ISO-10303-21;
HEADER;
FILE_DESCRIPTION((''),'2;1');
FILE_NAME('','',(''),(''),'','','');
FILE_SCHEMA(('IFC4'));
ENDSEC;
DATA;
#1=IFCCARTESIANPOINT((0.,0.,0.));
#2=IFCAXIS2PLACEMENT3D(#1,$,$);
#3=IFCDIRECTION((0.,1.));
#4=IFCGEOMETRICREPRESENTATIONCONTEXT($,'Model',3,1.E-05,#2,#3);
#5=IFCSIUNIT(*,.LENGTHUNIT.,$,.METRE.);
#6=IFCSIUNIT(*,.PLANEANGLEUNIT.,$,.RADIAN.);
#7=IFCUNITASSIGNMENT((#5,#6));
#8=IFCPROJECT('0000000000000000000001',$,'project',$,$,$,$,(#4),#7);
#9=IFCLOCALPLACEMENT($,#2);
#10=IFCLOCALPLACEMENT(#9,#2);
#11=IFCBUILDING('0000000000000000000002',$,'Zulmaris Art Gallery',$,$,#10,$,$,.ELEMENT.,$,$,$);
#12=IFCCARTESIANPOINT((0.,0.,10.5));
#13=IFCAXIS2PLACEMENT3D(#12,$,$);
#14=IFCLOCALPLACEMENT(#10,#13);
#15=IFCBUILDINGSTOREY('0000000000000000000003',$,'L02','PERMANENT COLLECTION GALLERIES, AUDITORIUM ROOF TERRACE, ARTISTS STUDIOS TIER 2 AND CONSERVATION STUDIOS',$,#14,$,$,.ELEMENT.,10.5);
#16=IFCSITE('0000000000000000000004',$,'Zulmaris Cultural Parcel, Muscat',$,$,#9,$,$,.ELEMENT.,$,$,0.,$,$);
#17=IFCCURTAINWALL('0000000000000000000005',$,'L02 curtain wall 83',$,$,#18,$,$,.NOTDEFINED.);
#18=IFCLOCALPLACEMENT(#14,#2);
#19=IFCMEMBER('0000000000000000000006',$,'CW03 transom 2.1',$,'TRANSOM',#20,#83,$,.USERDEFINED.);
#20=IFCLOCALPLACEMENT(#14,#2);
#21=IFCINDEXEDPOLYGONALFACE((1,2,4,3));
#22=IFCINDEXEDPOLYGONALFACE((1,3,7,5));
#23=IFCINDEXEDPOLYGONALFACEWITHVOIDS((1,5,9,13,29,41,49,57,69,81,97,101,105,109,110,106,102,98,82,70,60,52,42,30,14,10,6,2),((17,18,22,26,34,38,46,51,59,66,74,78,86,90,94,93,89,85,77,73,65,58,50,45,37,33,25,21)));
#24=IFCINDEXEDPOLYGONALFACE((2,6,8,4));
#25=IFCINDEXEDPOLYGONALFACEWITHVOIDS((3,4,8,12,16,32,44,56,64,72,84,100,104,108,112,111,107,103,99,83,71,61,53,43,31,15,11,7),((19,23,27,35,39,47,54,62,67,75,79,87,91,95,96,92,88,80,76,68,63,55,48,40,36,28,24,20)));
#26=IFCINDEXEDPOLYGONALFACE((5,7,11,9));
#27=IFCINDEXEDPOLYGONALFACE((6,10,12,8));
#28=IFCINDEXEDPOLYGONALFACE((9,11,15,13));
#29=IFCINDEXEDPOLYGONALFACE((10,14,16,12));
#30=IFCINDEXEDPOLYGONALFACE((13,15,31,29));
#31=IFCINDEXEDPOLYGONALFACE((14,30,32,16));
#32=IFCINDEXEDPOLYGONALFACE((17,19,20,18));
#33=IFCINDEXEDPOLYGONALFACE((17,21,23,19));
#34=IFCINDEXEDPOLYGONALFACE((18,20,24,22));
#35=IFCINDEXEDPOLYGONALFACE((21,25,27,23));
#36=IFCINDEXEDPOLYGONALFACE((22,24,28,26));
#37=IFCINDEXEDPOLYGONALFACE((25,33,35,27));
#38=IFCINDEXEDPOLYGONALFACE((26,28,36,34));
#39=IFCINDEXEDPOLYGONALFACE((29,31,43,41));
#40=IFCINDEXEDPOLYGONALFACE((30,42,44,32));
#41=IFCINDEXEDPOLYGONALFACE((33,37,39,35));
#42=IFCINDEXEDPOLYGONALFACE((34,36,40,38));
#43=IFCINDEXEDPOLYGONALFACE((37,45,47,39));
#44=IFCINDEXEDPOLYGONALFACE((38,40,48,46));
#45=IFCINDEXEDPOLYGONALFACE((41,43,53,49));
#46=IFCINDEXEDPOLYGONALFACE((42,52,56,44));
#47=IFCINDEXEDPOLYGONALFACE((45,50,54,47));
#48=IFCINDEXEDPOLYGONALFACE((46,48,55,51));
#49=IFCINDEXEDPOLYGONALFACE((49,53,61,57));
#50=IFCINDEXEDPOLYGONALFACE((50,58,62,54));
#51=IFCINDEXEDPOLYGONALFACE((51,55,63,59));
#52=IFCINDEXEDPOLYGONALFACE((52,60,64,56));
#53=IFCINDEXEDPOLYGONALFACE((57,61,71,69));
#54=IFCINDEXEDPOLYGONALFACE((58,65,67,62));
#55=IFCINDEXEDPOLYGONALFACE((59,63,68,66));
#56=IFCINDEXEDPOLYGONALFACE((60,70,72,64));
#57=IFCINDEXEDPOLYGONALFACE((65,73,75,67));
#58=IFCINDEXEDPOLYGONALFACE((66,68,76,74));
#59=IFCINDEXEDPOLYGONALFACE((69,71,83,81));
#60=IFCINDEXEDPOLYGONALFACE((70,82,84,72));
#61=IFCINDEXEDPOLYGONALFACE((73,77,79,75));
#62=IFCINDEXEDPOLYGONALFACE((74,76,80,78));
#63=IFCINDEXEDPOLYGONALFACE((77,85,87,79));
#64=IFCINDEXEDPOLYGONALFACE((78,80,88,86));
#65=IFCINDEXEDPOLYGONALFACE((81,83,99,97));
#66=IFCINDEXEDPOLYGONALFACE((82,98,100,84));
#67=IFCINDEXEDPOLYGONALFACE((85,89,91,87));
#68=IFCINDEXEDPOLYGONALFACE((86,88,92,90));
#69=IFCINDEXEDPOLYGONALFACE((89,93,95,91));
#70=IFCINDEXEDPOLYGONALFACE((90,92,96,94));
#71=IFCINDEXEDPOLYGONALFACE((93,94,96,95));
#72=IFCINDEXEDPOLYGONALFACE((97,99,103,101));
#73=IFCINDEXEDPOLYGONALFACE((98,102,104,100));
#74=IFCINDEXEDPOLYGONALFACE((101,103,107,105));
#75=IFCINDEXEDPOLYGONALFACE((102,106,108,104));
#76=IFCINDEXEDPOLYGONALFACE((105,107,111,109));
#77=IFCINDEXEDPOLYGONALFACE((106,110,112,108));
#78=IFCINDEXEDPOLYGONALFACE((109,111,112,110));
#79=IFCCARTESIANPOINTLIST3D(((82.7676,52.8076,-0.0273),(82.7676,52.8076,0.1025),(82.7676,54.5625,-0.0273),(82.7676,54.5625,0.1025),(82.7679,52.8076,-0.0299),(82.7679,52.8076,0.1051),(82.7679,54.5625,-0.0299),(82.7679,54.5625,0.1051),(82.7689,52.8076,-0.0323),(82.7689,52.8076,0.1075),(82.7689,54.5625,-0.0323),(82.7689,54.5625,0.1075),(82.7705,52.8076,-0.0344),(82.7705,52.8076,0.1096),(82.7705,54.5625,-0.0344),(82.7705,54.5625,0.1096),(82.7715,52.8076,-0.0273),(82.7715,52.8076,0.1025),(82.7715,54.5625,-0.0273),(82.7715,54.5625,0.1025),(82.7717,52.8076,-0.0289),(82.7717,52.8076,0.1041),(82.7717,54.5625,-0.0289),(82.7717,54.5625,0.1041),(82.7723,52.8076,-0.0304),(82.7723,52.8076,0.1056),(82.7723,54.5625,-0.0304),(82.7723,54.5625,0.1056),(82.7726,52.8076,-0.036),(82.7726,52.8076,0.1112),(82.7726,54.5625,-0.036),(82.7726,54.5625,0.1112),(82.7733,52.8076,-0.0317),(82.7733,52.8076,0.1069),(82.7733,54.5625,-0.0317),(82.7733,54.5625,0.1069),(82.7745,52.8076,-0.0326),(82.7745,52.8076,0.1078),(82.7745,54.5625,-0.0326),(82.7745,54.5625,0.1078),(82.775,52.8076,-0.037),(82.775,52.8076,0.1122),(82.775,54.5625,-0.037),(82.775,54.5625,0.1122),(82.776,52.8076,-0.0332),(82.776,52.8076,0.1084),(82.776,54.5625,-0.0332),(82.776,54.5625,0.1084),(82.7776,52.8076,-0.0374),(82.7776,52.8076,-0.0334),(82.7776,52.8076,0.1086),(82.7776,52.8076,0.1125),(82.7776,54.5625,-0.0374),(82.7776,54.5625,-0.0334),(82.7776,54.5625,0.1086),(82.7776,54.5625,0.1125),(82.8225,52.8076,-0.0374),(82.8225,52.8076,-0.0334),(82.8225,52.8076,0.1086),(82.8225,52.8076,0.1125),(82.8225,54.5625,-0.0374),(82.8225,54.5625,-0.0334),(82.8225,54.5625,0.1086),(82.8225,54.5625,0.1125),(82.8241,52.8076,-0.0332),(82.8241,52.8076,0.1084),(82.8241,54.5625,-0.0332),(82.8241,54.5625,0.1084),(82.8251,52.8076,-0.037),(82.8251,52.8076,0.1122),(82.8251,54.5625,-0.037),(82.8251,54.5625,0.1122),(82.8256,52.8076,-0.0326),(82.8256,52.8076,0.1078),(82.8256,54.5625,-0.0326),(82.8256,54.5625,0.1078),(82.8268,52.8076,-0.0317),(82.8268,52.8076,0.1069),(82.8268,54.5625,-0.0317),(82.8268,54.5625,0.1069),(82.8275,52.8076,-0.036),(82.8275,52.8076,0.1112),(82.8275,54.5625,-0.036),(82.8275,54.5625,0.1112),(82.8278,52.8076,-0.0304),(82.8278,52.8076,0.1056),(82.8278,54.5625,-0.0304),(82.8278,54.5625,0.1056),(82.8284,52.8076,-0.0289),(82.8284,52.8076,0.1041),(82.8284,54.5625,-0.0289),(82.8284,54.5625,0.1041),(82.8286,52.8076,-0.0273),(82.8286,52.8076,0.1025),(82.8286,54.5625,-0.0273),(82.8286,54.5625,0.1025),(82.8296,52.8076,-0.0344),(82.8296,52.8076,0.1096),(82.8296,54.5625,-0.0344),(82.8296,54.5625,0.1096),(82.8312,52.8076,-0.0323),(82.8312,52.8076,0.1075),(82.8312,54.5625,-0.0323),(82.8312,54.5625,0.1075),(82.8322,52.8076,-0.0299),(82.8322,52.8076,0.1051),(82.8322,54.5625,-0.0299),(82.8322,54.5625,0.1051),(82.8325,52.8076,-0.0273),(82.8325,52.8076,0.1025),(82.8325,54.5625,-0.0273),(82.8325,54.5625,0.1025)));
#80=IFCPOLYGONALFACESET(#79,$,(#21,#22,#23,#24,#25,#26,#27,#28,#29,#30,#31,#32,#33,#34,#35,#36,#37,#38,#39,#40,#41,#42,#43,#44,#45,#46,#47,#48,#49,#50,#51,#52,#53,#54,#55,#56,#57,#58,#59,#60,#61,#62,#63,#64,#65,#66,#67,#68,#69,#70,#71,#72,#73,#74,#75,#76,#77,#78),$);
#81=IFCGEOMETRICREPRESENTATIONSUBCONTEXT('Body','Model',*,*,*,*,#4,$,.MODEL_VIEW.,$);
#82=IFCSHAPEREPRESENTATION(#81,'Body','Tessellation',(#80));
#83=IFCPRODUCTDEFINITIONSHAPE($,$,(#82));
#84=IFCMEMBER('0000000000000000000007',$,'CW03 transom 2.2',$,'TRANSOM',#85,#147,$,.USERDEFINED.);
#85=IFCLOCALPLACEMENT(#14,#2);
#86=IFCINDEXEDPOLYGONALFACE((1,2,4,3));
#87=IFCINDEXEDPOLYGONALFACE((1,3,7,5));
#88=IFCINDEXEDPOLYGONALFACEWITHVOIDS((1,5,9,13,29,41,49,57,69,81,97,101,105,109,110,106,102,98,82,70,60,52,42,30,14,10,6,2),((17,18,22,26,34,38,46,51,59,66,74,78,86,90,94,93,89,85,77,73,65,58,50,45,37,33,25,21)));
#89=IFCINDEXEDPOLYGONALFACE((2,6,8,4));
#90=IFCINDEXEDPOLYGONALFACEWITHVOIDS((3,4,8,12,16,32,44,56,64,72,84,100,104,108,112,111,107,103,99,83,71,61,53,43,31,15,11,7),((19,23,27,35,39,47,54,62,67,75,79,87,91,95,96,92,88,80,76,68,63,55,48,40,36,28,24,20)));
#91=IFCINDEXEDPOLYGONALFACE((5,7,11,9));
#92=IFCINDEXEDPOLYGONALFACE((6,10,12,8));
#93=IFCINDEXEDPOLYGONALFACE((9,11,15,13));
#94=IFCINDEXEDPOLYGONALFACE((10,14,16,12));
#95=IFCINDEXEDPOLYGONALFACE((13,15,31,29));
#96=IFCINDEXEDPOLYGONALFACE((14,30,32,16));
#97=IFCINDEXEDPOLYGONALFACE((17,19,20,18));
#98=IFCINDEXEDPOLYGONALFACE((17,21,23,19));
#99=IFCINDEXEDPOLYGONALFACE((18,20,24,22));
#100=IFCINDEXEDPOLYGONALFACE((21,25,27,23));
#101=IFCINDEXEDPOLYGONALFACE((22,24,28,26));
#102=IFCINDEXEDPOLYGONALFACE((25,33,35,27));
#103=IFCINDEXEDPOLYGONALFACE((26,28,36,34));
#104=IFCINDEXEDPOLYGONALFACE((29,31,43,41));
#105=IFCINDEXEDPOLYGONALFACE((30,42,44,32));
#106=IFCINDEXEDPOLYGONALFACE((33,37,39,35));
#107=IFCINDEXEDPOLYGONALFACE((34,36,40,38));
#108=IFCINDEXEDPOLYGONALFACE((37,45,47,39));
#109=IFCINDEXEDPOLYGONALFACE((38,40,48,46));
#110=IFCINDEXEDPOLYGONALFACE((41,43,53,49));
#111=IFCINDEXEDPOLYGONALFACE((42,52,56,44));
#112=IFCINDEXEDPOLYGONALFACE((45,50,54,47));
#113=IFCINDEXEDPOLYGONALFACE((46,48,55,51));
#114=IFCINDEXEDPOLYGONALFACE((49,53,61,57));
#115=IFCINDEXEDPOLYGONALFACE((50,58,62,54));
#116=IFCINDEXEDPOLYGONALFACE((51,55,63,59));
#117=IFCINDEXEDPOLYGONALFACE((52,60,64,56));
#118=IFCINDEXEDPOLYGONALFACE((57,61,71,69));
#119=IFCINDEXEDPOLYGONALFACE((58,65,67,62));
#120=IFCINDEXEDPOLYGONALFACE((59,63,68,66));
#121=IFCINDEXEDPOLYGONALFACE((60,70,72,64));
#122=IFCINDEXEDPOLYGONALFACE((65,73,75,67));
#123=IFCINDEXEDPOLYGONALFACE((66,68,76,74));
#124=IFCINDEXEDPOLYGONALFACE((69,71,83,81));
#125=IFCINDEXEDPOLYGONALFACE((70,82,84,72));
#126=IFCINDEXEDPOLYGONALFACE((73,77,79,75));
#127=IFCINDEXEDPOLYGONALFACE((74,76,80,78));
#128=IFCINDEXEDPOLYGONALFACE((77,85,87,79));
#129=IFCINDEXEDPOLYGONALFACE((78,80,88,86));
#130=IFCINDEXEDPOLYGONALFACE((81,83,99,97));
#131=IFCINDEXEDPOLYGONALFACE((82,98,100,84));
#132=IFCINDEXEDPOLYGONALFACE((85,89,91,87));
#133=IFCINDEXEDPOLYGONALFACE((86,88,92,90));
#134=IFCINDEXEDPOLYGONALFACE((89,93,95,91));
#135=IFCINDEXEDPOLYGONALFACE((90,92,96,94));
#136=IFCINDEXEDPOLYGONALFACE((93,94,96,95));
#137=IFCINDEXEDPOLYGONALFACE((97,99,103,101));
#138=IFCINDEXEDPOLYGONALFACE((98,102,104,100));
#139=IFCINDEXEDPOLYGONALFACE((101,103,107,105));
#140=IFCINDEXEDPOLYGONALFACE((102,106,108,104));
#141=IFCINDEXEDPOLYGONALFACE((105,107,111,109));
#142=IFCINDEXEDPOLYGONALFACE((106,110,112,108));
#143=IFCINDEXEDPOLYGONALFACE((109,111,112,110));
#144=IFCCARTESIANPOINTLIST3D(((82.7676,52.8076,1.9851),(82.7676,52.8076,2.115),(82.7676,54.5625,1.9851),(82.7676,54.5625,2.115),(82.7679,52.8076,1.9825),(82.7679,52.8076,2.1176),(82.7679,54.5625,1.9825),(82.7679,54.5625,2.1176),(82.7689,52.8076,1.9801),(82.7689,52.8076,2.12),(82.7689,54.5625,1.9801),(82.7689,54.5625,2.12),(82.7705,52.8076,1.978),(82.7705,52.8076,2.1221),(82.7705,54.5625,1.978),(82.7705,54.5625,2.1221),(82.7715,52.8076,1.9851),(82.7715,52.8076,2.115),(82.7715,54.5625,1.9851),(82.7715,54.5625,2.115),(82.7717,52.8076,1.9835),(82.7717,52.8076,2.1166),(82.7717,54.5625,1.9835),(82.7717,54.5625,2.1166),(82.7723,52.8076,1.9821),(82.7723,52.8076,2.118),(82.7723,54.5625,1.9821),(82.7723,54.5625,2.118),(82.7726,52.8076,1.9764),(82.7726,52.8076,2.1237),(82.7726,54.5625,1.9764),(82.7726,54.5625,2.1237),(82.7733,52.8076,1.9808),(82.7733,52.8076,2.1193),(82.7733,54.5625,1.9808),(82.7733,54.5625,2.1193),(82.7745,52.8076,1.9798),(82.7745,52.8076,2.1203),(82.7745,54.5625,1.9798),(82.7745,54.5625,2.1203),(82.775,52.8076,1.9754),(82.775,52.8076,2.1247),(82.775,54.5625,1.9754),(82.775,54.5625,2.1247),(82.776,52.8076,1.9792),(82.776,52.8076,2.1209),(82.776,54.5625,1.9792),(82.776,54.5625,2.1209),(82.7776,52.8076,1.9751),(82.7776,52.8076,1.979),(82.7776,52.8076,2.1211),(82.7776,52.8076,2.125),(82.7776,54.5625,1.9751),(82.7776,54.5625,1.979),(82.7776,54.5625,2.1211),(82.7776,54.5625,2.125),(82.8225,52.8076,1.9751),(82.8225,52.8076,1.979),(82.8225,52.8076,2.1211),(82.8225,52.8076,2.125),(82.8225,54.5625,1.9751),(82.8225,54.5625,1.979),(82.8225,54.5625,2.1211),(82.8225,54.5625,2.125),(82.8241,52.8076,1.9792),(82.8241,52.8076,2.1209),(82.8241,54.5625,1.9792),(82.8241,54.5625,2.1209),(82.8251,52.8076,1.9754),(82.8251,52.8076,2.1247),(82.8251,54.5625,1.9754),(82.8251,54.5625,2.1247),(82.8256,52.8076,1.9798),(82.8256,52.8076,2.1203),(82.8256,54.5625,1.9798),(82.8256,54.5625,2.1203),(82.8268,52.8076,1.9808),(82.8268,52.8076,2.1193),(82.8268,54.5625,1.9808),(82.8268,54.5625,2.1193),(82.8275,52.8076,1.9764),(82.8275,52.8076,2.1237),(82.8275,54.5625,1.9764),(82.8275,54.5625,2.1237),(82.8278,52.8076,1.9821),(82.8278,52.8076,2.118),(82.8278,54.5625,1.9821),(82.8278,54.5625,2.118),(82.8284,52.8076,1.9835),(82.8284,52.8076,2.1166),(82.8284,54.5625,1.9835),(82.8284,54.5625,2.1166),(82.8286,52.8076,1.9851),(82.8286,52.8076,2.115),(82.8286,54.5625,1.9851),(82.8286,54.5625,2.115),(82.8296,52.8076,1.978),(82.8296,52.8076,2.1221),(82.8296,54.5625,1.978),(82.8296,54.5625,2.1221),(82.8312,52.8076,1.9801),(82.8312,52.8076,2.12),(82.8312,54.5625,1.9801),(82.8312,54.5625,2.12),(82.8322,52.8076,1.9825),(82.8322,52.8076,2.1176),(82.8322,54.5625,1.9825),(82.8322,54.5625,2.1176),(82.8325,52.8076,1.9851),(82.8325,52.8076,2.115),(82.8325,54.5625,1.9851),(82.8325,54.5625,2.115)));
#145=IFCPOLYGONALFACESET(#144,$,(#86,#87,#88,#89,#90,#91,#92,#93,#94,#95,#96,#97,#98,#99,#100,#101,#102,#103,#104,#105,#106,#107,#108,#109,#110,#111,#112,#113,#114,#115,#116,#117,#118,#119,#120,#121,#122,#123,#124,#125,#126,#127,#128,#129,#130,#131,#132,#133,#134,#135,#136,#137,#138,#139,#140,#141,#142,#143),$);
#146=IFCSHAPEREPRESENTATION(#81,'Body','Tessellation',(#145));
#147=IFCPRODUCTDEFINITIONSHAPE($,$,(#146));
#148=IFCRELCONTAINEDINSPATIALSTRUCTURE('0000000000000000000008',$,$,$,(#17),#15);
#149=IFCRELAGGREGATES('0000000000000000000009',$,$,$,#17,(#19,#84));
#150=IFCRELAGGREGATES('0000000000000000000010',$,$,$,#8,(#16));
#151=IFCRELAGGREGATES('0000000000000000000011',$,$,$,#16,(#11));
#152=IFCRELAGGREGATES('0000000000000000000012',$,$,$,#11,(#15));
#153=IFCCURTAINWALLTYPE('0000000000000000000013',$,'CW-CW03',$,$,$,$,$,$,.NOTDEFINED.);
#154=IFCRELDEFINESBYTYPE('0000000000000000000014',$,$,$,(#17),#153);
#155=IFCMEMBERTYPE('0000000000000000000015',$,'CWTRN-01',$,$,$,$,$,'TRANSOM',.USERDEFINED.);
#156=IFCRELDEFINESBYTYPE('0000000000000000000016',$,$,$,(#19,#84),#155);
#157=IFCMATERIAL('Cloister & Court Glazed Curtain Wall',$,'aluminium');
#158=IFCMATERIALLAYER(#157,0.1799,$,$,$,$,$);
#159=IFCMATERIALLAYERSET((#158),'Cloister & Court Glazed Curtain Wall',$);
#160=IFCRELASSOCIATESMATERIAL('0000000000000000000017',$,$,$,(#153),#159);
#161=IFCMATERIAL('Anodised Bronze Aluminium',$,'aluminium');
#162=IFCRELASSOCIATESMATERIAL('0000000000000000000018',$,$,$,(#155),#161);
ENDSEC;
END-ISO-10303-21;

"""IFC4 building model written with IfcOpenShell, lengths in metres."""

from ifc_helpers import new_model, si_unit, direction, frame, origin, origin_2d, place, context, subcontext, project, spatial, hollow_rectangle, extrude, material, layer, layer_set, material_profile, profile_set, type_object, element, aggregate, save


model = new_model("IFC4")

# Units and contexts
model_context = context("Model", 3, precision=1e-05, world=origin(), true_north=direction((0.0, 1.0)))
body_context = subcontext(model_context, "Body", "Model", "MODEL_VIEW")
ifc_project = project(units=[si_unit("LENGTHUNIT", "METRE"), si_unit("PLANEANGLEUNIT", "RADIAN")], contexts=[model_context])

# Site, building, storey
site_placement = place(None, origin())
site = spatial("IfcSite", under=ifc_project, at=site_placement, Name="Zulmaris Cultural Parcel, Muscat", CompositionType="ELEMENT", RefElevation=0.0)
building_placement = place(site_placement, origin())
building = spatial("IfcBuilding", under=site, at=building_placement, Name="Zulmaris Art Gallery", CompositionType="ELEMENT")
storey_placement = place(building_placement, frame((0.0, 0.0, 10.5)))
storey = spatial("IfcBuildingStorey", under=building, at=storey_placement, Name="L02", Description="PERMANENT COLLECTION GALLERIES, AUDITORIUM ROOF TERRACE, ARTISTS STUDIOS TIER 2 AND CONSERVATION STUDIOS", CompositionType="ELEMENT", Elevation=10.5)

# Curtain wall
ifc_material_1 = material(Name="Cloister & Court Glazed Curtain Wall", Category="aluminium")
ifc_layer_1 = layer(ifc_material_1, 0.1799)
ifc_layer_set_1 = layer_set([ifc_layer_1], Name="Cloister & Court Glazed Curtain Wall")
curtain_wall_type = type_object("IfcCurtainWallType", Name="CW-CW03", PredefinedType="NOTDEFINED", material=ifc_layer_set_1)
curtain_wall_1_placement = place(storey_placement, origin())
curtain_wall_1 = element("IfcCurtainWall", 1, at=curtain_wall_1_placement, inside=storey, type_object=curtain_wall_type, Name="L02 curtain wall 83", PredefinedType="NOTDEFINED")
ifc_material_2 = material(Name="Anodised Bronze Aluminium", Category="aluminium")

# Members
ifc_material_profile_1 = material_profile(ifc_material_2, hollow_rectangle(XDim=0.0649, YDim=0.1499, WallThickness=0.0039, InnerFilletRadius=0.0061, OuterFilletRadius=0.01, at=origin_2d()), Name="ALU 65x150x4")
ifc_profile_set_1 = profile_set([ifc_material_profile_1], Name="Anodised Bronze Aluminium")
member_type_1 = type_object("IfcMemberType", Name="CWTRN-01", ElementType="TRANSOM", PredefinedType="USERDEFINED", material=ifc_profile_set_1)
member_1_placement = place(storey_placement, frame((82.8, 52.8076, 0.0376), z_axis=(0.0, 1.0, 0.0), x_axis=(-1.0, 0.0, 0.0)))
member_1 = element("IfcMember", 2, at=member_1_placement, type_object=member_type_1, Name="CW03 transom 2.1", ObjectType="TRANSOM", PredefinedType="USERDEFINED", context=body_context, shape_type="SweptSolid", body=[
    extrude(hollow_rectangle(XDim=0.0649, YDim=0.1499, WallThickness=0.0039, InnerFilletRadius=0.0061, OuterFilletRadius=0.01, at=origin_2d()), origin(), (0.0, 0.0, 1.0), 1.7549),
])
member_2_placement = place(storey_placement, frame((82.8, 52.8076, 2.05), z_axis=(0.0, 1.0, 0.0), x_axis=(-1.0, 0.0, 0.0)))
member_2 = element("IfcMember", 3, at=member_2_placement, type_object=member_type_1, Name="CW03 transom 2.2", ObjectType="TRANSOM", PredefinedType="USERDEFINED", context=body_context, shape_type="SweptSolid", body=[
    extrude(hollow_rectangle(XDim=0.0649, YDim=0.1499, WallThickness=0.0039, InnerFilletRadius=0.0061, OuterFilletRadius=0.01, at=origin_2d()), origin(), (0.0, 0.0, 1.0), 1.7549),
])

aggregate(curtain_wall_1, [member_1, member_2])

save(model, "model.ifc")
